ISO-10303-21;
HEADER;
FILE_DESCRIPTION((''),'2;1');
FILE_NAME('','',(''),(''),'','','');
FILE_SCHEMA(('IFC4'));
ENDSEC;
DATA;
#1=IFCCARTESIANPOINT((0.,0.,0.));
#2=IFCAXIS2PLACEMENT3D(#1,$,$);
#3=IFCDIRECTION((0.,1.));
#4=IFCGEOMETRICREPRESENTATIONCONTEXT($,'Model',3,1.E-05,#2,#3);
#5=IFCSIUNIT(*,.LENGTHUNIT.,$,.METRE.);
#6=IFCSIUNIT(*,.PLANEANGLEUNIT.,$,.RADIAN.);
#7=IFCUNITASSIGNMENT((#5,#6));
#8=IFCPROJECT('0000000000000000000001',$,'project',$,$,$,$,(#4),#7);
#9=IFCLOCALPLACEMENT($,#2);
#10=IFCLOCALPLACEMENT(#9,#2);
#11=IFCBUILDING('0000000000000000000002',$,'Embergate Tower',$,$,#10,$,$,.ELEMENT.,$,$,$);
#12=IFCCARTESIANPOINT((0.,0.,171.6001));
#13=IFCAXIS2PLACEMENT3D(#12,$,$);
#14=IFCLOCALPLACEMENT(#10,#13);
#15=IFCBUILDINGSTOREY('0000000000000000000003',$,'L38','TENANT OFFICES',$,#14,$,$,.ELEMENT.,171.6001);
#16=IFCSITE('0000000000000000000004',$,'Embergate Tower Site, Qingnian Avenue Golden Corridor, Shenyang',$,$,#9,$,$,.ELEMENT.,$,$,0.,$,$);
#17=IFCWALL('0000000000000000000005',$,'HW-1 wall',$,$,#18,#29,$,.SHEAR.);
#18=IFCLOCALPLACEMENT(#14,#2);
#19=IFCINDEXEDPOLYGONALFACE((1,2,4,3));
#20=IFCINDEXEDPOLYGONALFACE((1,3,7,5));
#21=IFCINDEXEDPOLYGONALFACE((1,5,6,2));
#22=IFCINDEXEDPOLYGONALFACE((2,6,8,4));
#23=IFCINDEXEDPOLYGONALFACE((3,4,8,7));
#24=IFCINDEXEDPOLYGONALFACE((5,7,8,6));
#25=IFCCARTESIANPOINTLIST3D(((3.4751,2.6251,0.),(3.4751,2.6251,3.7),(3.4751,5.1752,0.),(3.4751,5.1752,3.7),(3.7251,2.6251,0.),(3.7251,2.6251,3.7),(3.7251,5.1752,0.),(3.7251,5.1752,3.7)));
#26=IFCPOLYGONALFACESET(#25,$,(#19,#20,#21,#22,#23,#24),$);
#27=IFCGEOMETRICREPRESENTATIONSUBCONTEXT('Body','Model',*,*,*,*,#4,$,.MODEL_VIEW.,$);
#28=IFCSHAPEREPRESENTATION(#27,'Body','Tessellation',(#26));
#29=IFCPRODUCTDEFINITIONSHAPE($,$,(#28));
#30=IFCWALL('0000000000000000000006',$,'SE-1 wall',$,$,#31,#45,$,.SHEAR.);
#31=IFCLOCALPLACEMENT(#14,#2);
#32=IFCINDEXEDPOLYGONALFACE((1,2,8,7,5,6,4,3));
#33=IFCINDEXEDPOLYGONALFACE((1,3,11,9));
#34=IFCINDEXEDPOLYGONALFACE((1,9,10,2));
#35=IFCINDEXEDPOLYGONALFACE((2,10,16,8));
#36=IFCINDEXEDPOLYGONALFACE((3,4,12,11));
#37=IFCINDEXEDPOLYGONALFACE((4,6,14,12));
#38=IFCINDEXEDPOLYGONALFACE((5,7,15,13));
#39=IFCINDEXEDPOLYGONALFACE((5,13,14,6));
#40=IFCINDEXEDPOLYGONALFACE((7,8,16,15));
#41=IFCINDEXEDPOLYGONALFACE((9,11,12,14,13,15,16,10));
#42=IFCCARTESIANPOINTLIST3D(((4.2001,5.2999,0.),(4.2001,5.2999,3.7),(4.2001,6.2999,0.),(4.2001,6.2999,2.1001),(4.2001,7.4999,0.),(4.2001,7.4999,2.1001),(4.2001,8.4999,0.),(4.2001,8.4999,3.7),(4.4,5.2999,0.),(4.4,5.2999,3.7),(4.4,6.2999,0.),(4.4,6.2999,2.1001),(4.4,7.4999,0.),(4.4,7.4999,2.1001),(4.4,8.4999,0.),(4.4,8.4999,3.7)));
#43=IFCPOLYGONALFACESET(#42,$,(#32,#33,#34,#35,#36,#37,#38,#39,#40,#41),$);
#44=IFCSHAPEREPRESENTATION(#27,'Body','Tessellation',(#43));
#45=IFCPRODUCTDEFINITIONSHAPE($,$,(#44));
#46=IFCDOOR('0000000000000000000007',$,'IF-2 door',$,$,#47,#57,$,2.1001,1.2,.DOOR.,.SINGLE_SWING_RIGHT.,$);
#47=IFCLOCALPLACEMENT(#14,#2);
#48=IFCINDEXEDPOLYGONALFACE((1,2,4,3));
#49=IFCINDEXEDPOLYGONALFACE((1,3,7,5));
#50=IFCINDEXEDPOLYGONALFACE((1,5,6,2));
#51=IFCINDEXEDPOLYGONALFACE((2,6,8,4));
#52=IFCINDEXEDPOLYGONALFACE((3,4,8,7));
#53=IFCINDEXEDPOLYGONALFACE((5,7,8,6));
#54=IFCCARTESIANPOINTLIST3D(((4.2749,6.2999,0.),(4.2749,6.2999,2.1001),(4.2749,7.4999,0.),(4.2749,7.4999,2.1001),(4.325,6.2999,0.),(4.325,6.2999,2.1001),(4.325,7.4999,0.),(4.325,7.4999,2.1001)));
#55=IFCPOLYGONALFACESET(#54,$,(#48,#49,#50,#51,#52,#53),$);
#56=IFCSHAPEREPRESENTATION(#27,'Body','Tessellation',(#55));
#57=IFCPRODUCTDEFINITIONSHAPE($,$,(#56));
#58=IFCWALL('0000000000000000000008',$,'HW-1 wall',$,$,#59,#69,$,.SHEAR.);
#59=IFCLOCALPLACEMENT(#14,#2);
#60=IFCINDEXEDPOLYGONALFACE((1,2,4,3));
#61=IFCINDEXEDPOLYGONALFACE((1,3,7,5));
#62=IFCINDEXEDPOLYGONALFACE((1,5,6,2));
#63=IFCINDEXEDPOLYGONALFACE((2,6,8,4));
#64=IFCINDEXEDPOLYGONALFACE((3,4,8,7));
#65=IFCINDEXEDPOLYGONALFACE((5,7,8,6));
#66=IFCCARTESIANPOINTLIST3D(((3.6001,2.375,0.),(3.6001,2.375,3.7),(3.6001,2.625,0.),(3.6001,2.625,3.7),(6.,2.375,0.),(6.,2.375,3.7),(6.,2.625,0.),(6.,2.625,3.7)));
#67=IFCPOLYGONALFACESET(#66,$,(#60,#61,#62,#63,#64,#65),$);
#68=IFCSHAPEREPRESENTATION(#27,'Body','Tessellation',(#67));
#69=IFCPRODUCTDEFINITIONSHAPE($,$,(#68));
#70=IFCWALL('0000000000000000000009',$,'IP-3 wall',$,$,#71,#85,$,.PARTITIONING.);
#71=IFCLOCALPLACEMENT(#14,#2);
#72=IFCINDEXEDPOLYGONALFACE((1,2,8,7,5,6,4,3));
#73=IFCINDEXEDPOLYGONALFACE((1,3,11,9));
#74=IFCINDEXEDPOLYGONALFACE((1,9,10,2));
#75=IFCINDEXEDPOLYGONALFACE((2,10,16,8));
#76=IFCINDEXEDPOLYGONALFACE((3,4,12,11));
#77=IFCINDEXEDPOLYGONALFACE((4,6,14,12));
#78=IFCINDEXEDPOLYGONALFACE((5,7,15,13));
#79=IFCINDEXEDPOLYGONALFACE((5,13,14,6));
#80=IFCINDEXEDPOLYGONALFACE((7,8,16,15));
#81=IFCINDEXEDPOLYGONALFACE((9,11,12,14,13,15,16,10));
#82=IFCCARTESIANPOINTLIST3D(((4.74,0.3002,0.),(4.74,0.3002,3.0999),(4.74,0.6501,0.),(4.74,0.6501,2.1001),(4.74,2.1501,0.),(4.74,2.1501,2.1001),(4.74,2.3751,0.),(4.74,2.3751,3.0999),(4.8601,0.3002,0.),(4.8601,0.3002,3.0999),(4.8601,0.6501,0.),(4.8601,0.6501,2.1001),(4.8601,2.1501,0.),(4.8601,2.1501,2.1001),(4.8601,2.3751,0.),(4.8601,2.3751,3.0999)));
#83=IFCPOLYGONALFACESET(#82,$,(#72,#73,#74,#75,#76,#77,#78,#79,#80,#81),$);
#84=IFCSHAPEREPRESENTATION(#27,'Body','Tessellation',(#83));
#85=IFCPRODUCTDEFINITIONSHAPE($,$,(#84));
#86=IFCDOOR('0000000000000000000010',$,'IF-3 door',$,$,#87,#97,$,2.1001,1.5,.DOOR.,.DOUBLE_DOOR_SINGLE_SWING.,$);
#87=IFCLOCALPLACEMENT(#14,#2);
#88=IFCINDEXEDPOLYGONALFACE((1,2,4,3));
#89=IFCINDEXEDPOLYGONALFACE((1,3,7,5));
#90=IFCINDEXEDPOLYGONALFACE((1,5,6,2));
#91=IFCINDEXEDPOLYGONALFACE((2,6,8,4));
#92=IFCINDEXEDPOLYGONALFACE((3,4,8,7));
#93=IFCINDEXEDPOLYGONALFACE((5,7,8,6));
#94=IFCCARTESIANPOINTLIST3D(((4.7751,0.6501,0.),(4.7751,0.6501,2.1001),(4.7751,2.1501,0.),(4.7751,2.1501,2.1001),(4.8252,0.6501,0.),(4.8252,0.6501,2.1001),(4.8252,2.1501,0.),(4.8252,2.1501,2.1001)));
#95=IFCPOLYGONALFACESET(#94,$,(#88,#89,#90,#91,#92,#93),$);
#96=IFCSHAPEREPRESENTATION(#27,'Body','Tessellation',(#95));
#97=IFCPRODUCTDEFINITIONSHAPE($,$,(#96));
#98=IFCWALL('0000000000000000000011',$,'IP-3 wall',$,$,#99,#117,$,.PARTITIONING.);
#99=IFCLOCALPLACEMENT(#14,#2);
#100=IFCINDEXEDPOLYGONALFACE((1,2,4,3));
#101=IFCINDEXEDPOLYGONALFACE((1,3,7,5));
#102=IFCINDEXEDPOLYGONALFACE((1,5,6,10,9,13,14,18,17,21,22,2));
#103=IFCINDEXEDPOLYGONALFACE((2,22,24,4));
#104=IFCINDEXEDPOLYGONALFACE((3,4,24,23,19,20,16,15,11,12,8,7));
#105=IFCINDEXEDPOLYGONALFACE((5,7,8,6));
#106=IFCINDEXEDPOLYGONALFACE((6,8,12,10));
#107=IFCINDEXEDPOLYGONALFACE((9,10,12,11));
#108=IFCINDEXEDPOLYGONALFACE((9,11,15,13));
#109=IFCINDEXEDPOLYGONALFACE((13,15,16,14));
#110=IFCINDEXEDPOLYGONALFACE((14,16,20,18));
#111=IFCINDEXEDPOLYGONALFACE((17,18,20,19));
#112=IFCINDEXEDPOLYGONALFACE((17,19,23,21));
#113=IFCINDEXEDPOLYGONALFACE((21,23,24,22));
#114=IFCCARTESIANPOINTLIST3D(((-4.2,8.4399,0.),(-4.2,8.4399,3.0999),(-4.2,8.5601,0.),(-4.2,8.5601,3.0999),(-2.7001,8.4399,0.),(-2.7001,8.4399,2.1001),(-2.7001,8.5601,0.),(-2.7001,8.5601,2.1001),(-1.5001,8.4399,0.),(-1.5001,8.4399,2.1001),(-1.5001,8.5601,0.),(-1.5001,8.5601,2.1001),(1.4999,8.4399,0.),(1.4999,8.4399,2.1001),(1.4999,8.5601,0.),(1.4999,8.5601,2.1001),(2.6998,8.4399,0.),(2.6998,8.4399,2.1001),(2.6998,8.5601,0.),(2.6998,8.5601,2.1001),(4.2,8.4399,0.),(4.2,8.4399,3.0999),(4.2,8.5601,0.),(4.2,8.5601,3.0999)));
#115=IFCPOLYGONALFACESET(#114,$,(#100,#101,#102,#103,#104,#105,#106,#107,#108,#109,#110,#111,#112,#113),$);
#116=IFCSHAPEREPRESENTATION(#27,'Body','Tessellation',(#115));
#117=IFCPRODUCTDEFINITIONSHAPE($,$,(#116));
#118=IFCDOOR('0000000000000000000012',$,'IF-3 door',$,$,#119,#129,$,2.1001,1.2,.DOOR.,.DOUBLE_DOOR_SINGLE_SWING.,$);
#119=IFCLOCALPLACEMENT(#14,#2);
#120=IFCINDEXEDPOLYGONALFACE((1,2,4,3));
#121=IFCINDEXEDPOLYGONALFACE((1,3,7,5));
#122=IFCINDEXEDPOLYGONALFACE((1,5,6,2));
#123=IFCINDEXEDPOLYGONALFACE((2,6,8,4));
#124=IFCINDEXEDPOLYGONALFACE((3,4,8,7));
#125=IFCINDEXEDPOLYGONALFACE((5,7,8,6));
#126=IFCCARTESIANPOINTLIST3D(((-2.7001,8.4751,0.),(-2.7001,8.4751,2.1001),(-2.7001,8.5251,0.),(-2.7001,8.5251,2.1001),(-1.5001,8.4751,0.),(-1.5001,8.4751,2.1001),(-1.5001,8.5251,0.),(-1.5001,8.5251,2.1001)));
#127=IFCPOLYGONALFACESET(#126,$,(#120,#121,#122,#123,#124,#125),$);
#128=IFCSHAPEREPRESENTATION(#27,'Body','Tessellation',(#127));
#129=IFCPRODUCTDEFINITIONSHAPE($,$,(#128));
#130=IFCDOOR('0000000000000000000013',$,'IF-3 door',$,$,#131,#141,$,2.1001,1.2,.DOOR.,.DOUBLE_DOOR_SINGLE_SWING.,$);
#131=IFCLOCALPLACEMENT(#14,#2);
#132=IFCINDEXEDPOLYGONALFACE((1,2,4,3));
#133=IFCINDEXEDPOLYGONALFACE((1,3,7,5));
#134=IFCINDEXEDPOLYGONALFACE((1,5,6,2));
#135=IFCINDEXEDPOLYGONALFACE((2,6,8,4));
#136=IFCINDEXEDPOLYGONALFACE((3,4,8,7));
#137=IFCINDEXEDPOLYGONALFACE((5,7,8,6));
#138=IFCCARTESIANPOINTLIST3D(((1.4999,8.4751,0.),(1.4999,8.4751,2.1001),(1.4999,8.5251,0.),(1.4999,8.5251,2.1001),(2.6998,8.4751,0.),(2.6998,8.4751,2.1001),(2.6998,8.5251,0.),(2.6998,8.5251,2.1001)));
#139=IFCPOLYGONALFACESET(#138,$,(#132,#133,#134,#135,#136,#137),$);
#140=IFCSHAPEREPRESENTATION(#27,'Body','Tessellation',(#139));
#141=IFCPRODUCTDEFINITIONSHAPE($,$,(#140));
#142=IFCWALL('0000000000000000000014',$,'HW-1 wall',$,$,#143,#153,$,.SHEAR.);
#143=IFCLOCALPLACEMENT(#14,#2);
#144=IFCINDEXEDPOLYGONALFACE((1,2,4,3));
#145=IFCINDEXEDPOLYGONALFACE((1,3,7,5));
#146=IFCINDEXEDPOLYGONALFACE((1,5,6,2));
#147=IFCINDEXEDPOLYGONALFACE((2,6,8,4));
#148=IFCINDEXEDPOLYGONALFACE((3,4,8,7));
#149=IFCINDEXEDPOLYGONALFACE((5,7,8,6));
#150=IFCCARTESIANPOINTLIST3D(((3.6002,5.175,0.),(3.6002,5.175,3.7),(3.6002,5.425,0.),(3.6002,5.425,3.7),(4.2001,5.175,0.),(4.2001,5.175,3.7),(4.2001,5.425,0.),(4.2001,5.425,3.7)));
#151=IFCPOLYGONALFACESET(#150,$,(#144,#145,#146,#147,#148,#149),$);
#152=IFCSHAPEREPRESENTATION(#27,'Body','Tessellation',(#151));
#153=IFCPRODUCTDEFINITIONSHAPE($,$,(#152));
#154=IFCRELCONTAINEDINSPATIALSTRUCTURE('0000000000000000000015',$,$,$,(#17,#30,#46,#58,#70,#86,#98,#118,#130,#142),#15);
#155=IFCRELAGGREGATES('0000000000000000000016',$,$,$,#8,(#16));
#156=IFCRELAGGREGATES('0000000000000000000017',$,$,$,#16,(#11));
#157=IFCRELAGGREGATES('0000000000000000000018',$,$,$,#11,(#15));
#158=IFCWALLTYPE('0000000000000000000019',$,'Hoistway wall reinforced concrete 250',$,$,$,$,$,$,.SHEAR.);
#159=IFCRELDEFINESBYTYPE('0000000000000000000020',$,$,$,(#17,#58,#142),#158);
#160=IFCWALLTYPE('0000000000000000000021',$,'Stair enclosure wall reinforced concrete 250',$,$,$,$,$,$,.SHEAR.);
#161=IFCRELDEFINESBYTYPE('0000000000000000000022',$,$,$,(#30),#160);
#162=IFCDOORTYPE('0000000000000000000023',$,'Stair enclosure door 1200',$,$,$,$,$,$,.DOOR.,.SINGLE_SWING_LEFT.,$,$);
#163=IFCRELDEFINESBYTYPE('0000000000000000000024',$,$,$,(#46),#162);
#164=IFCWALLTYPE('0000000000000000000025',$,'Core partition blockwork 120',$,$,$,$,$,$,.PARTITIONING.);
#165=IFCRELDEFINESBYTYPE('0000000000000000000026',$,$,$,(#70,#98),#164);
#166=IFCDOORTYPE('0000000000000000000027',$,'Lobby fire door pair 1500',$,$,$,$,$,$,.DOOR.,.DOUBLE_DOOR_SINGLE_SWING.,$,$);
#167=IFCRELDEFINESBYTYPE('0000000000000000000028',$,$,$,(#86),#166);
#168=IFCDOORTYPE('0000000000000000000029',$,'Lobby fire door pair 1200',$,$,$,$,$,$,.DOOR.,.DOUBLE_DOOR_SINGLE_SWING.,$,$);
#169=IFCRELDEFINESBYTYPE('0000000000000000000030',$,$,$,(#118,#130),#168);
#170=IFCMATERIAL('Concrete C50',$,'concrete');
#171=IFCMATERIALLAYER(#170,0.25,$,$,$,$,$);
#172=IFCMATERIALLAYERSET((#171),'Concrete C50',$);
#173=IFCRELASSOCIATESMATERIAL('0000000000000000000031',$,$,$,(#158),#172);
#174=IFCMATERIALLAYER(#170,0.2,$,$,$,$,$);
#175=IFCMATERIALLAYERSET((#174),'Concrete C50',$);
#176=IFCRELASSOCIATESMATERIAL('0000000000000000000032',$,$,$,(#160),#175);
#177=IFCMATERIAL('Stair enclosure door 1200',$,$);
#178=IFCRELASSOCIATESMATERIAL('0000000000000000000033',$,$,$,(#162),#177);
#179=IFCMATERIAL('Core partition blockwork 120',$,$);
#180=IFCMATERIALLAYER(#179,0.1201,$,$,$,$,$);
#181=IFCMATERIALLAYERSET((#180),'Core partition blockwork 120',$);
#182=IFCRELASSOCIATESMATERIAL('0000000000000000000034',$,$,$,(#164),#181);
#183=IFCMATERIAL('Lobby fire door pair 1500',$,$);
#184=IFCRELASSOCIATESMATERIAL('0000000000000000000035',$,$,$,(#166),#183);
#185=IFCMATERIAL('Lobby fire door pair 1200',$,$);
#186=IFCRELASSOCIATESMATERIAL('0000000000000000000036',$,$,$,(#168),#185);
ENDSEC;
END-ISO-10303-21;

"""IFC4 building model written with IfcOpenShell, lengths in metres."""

from ifc_helpers import new_model, si_unit, direction, frame, frame_2d, origin, place, context, subcontext, project, spatial, rectangle, extrude, source, transform, mapped, material, layer, layer_set, type_object, element, fill, save


model = new_model("IFC4")

# Units and contexts
model_context = context("Model", 3, precision=1e-05, world=origin(), true_north=direction((0.0, 1.0)))
body_context = subcontext(model_context, "Body", "Model", "MODEL_VIEW")
ifc_project = project(units=[si_unit("LENGTHUNIT", "METRE"), si_unit("PLANEANGLEUNIT", "RADIAN")], contexts=[model_context])

# Site, building, storey
site_placement = place(None, origin())
site = spatial("IfcSite", under=ifc_project, at=site_placement, Name="Embergate Tower Site, Qingnian Avenue Golden Corridor, Shenyang", CompositionType="ELEMENT", RefElevation=0.0)
building_placement = place(site_placement, origin())
building = spatial("IfcBuilding", under=site, at=building_placement, Name="Embergate Tower", CompositionType="ELEMENT")
storey_placement = place(building_placement, frame((0.0, 0.0, 171.6001)))
storey = spatial("IfcBuildingStorey", under=building, at=storey_placement, Name="L38", Description="TENANT OFFICES", CompositionType="ELEMENT", Elevation=171.6001)

# Wall
ifc_material_1 = material(Name="Concrete C50", Category="concrete")
ifc_layer_1 = layer(ifc_material_1, 0.25)
ifc_layer_set_1 = layer_set([ifc_layer_1], Name="Concrete C50")
wall_type_1 = type_object("IfcWallType", Name="Hoistway wall reinforced concrete 250", PredefinedType="SHEAR", material=ifc_layer_set_1)
shared_shape_1 = source(origin(), body_context, "Body", "SweptSolid", [
    extrude(rectangle(XDim=2.55, YDim=0.25, at=frame_2d((1.2749, 0.0))), origin(), (0.0, 0.0, 1.0), 3.7),
])
wall_1_placement = place(storey_placement, frame((3.6001, 5.175, 0.0), z_axis=(0.0, 0.0, 1.0), x_axis=(0.0, -1.0, 0.0)))
element("IfcWall", 1, at=wall_1_placement, inside=storey, type_object=wall_type_1, Name="HW-1 wall", PredefinedType="SHEAR", context=body_context, shape_type="MappedRepresentation", body=[
    mapped(shared_shape_1, transform((0.0, 0.0, 0.0))),
])

# Wall, opening, door
ifc_layer_2 = layer(ifc_material_1, 0.2)
ifc_layer_set_2 = layer_set([ifc_layer_2], Name="Concrete C50")
wall_type_2 = type_object("IfcWallType", Name="Stair enclosure wall reinforced concrete 250", PredefinedType="SHEAR", material=ifc_layer_set_2)
shared_shape_2 = source(origin(), body_context, "Body", "SweptSolid", [
    extrude(rectangle(XDim=3.2, YDim=0.2, at=frame_2d((1.6001, 0.0))), origin(), (0.0, 0.0, 1.0), 3.7),
])
wall_2_placement = place(storey_placement, frame((4.3, 8.5, 0.0), z_axis=(0.0, 0.0, 1.0), x_axis=(0.0, -1.0, 0.0)))
wall_2 = element("IfcWall", 2, at=wall_2_placement, inside=storey, type_object=wall_type_2, Name="SE-1 wall", PredefinedType="SHEAR", context=body_context, shape_type="MappedRepresentation", body=[
    mapped(shared_shape_2, transform((0.0, 0.0, 0.0))),
])
shared_shape_3 = source(origin(), body_context, "Body", "SweptSolid", [
    extrude(rectangle(XDim=1.2, YDim=2.1001, at=frame_2d((0.6001, 1.05))), frame((0.0, 0.1099, 0.0), z_axis=(0.0, -1.0, 0.0), x_axis=(1.0, 0.0, 0.0)), (0.0, 0.0, 1.0), 0.22),
])
opening_1_placement = place(wall_2_placement, frame((1.0, 0.0, 0.0)))
opening_1 = element("IfcOpeningElement", 3, at=opening_1_placement, cuts=wall_2, PredefinedType="OPENING", context=body_context, shape_type="MappedRepresentation", body=[
    mapped(shared_shape_3, transform((0.0, 0.0, 0.0))),
])
ifc_material_2 = material(Name="Stair enclosure door 1200")
door_type_1 = type_object("IfcDoorType", Name="Stair enclosure door 1200", OperationType="SINGLE_SWING_LEFT", PredefinedType="DOOR", material=ifc_material_2)
shared_shape_4 = source(origin(), body_context, "Body", "SweptSolid", [
    extrude(rectangle(XDim=1.2, YDim=2.1001, at=frame_2d((0.6001, 1.05))), frame((0.0, 0.0249, 0.0), z_axis=(0.0, -1.0, 0.0), x_axis=(1.0, 0.0, 0.0)), (0.0, 0.0, 1.0), 0.05),
])
door_1_placement = place(opening_1_placement, origin())
door_1 = element("IfcDoor", 4, at=door_1_placement, inside=storey, type_object=door_type_1, Name="IF-2 door", OperationType="SINGLE_SWING_RIGHT", OverallHeight=2.1001, OverallWidth=1.2, PredefinedType="DOOR", context=body_context, shape_type="MappedRepresentation", body=[
    mapped(shared_shape_4, transform((0.0, 0.0, 0.0))),
])
fill(opening_1, door_1)

# Wall
shared_shape_5 = source(origin(), body_context, "Body", "SweptSolid", [
    extrude(rectangle(XDim=2.3999, YDim=0.25, at=frame_2d((1.2, 0.0))), origin(), (0.0, 0.0, 1.0), 3.7),
])
wall_3_placement = place(storey_placement, frame((3.6001, 2.5, 0.0), z_axis=(0.0, 0.0, 1.0), x_axis=(1.0, 0.0, 0.0)))
element("IfcWall", 5, at=wall_3_placement, inside=storey, type_object=wall_type_1, Name="HW-1 wall", PredefinedType="SHEAR", context=body_context, shape_type="MappedRepresentation", body=[
    mapped(shared_shape_5, transform((0.0, 0.0, 0.0))),
])

# Wall, opening, door
ifc_material_3 = material(Name="Core partition blockwork 120")
ifc_layer_3 = layer(ifc_material_3, 0.1201)
ifc_layer_set_3 = layer_set([ifc_layer_3], Name="Core partition blockwork 120")
wall_type_3 = type_object("IfcWallType", Name="Core partition blockwork 120", PredefinedType="PARTITIONING", material=ifc_layer_set_3)
shared_shape_6 = source(origin(), body_context, "Body", "SweptSolid", [
    extrude(rectangle(XDim=2.075, YDim=0.1201, at=frame_2d((1.0376, 0.0))), origin(), (0.0, 0.0, 1.0), 3.0999),
])
wall_4_placement = place(storey_placement, frame((4.8, 0.3, 0.0), z_axis=(0.0, 0.0, 1.0), x_axis=(0.0, 1.0, 0.0)))
wall_4 = element("IfcWall", 6, at=wall_4_placement, inside=storey, type_object=wall_type_3, Name="IP-3 wall", PredefinedType="PARTITIONING", context=body_context, shape_type="MappedRepresentation", body=[
    mapped(shared_shape_6, transform((0.0, 0.0, 0.0))),
])
shared_shape_7 = source(origin(), body_context, "Body", "SweptSolid", [
    extrude(rectangle(XDim=1.5, YDim=2.1001, at=frame_2d((0.75, 1.05))), frame((0.0, 0.0701, 0.0), z_axis=(0.0, -1.0, 0.0), x_axis=(1.0, 0.0, 0.0)), (0.0, 0.0, 1.0), 0.1401),
])
opening_2_placement = place(wall_4_placement, frame((0.3501, 0.0, 0.0)))
opening_2 = element("IfcOpeningElement", 7, at=opening_2_placement, cuts=wall_4, PredefinedType="OPENING", context=body_context, shape_type="MappedRepresentation", body=[
    mapped(shared_shape_7, transform((0.0, 0.0, 0.0))),
])
ifc_material_4 = material(Name="Lobby fire door pair 1500")
door_type_2 = type_object("IfcDoorType", Name="Lobby fire door pair 1500", OperationType="DOUBLE_DOOR_SINGLE_SWING", PredefinedType="DOOR", material=ifc_material_4)
shared_shape_8 = source(origin(), body_context, "Body", "SweptSolid", [
    extrude(rectangle(XDim=1.5, YDim=2.1001, at=frame_2d((0.75, 1.05))), frame((0.0, 0.0249, 0.0), z_axis=(0.0, -1.0, 0.0), x_axis=(1.0, 0.0, 0.0)), (0.0, 0.0, 1.0), 0.05),
])
door_2_placement = place(opening_2_placement, origin())
door_2 = element("IfcDoor", 8, at=door_2_placement, inside=storey, type_object=door_type_2, Name="IF-3 door", OperationType="DOUBLE_DOOR_SINGLE_SWING", OverallHeight=2.1001, OverallWidth=1.5, PredefinedType="DOOR", context=body_context, shape_type="MappedRepresentation", body=[
    mapped(shared_shape_8, transform((0.0, 0.0, 0.0))),
])
fill(opening_2, door_2)

# Wall, openings, doors
shared_shape_9 = source(origin(), body_context, "Body", "SweptSolid", [
    extrude(rectangle(XDim=8.3999, YDim=0.1201, at=frame_2d((4.2, 0.0))), origin(), (0.0, 0.0, 1.0), 3.0999),
])
wall_5_placement = place(storey_placement, frame((4.2, 8.5, 0.0), z_axis=(0.0, 0.0, 1.0), x_axis=(-1.0, 0.0, 0.0)))
wall_5 = element("IfcWall", 9, at=wall_5_placement, inside=storey, type_object=wall_type_3, Name="IP-3 wall", PredefinedType="PARTITIONING", context=body_context, shape_type="MappedRepresentation", body=[
    mapped(shared_shape_9, transform((0.0, 0.0, 0.0))),
])
shared_shape_10 = source(origin(), body_context, "Body", "SweptSolid", [
    extrude(rectangle(XDim=1.2, YDim=2.1001, at=frame_2d((0.6001, 1.05))), frame((0.0, 0.0701, 0.0), z_axis=(0.0, -1.0, 0.0), x_axis=(1.0, 0.0, 0.0)), (0.0, 0.0, 1.0), 0.1401),
])
opening_3_placement = place(wall_5_placement, frame((5.7, 0.0, 0.0)))
opening_3 = element("IfcOpeningElement", 10, at=opening_3_placement, cuts=wall_5, PredefinedType="OPENING", context=body_context, shape_type="MappedRepresentation", body=[
    mapped(shared_shape_10, transform((0.0, 0.0, 0.0))),
])
opening_4_placement = place(wall_5_placement, frame((1.5, 0.0, 0.0)))
opening_4 = element("IfcOpeningElement", 11, at=opening_4_placement, cuts=wall_5, PredefinedType="OPENING", context=body_context, shape_type="MappedRepresentation", body=[
    mapped(shared_shape_10, transform((0.0, 0.0, 0.0))),
])
ifc_material_5 = material(Name="Lobby fire door pair 1200")
door_type_3 = type_object("IfcDoorType", Name="Lobby fire door pair 1200", OperationType="DOUBLE_DOOR_SINGLE_SWING", PredefinedType="DOOR", material=ifc_material_5)
door_3_placement = place(opening_3_placement, origin())
door_3 = element("IfcDoor", 12, at=door_3_placement, inside=storey, type_object=door_type_3, Name="IF-3 door", OperationType="DOUBLE_DOOR_SINGLE_SWING", OverallHeight=2.1001, OverallWidth=1.2, PredefinedType="DOOR", context=body_context, shape_type="MappedRepresentation", body=[
    mapped(shared_shape_4, transform((0.0, 0.0, 0.0))),
])
fill(opening_3, door_3)
door_4_placement = place(opening_4_placement, origin())
door_4 = element("IfcDoor", 13, at=door_4_placement, inside=storey, type_object=door_type_3, Name="IF-3 door", OperationType="DOUBLE_DOOR_SINGLE_SWING", OverallHeight=2.1001, OverallWidth=1.2, PredefinedType="DOOR", context=body_context, shape_type="MappedRepresentation", body=[
    mapped(shared_shape_4, transform((0.0, 0.0, 0.0))),
])
fill(opening_4, door_4)

# Wall
shared_shape_11 = source(origin(), body_context, "Body", "SweptSolid", [
    extrude(rectangle(XDim=0.5999, YDim=0.25, at=frame_2d((0.2998, 0.0))), origin(), (0.0, 0.0, 1.0), 3.7),
])
wall_6_placement = place(storey_placement, frame((4.2, 5.3, 0.0), z_axis=(0.0, 0.0, 1.0), x_axis=(-1.0, 0.0, 0.0)))
element("IfcWall", 14, at=wall_6_placement, inside=storey, type_object=wall_type_1, Name="HW-1 wall", PredefinedType="SHEAR", context=body_context, shape_type="MappedRepresentation", body=[
    mapped(shared_shape_11, transform((0.0, 0.0, 0.0))),
])

save(model, "model.ifc")
